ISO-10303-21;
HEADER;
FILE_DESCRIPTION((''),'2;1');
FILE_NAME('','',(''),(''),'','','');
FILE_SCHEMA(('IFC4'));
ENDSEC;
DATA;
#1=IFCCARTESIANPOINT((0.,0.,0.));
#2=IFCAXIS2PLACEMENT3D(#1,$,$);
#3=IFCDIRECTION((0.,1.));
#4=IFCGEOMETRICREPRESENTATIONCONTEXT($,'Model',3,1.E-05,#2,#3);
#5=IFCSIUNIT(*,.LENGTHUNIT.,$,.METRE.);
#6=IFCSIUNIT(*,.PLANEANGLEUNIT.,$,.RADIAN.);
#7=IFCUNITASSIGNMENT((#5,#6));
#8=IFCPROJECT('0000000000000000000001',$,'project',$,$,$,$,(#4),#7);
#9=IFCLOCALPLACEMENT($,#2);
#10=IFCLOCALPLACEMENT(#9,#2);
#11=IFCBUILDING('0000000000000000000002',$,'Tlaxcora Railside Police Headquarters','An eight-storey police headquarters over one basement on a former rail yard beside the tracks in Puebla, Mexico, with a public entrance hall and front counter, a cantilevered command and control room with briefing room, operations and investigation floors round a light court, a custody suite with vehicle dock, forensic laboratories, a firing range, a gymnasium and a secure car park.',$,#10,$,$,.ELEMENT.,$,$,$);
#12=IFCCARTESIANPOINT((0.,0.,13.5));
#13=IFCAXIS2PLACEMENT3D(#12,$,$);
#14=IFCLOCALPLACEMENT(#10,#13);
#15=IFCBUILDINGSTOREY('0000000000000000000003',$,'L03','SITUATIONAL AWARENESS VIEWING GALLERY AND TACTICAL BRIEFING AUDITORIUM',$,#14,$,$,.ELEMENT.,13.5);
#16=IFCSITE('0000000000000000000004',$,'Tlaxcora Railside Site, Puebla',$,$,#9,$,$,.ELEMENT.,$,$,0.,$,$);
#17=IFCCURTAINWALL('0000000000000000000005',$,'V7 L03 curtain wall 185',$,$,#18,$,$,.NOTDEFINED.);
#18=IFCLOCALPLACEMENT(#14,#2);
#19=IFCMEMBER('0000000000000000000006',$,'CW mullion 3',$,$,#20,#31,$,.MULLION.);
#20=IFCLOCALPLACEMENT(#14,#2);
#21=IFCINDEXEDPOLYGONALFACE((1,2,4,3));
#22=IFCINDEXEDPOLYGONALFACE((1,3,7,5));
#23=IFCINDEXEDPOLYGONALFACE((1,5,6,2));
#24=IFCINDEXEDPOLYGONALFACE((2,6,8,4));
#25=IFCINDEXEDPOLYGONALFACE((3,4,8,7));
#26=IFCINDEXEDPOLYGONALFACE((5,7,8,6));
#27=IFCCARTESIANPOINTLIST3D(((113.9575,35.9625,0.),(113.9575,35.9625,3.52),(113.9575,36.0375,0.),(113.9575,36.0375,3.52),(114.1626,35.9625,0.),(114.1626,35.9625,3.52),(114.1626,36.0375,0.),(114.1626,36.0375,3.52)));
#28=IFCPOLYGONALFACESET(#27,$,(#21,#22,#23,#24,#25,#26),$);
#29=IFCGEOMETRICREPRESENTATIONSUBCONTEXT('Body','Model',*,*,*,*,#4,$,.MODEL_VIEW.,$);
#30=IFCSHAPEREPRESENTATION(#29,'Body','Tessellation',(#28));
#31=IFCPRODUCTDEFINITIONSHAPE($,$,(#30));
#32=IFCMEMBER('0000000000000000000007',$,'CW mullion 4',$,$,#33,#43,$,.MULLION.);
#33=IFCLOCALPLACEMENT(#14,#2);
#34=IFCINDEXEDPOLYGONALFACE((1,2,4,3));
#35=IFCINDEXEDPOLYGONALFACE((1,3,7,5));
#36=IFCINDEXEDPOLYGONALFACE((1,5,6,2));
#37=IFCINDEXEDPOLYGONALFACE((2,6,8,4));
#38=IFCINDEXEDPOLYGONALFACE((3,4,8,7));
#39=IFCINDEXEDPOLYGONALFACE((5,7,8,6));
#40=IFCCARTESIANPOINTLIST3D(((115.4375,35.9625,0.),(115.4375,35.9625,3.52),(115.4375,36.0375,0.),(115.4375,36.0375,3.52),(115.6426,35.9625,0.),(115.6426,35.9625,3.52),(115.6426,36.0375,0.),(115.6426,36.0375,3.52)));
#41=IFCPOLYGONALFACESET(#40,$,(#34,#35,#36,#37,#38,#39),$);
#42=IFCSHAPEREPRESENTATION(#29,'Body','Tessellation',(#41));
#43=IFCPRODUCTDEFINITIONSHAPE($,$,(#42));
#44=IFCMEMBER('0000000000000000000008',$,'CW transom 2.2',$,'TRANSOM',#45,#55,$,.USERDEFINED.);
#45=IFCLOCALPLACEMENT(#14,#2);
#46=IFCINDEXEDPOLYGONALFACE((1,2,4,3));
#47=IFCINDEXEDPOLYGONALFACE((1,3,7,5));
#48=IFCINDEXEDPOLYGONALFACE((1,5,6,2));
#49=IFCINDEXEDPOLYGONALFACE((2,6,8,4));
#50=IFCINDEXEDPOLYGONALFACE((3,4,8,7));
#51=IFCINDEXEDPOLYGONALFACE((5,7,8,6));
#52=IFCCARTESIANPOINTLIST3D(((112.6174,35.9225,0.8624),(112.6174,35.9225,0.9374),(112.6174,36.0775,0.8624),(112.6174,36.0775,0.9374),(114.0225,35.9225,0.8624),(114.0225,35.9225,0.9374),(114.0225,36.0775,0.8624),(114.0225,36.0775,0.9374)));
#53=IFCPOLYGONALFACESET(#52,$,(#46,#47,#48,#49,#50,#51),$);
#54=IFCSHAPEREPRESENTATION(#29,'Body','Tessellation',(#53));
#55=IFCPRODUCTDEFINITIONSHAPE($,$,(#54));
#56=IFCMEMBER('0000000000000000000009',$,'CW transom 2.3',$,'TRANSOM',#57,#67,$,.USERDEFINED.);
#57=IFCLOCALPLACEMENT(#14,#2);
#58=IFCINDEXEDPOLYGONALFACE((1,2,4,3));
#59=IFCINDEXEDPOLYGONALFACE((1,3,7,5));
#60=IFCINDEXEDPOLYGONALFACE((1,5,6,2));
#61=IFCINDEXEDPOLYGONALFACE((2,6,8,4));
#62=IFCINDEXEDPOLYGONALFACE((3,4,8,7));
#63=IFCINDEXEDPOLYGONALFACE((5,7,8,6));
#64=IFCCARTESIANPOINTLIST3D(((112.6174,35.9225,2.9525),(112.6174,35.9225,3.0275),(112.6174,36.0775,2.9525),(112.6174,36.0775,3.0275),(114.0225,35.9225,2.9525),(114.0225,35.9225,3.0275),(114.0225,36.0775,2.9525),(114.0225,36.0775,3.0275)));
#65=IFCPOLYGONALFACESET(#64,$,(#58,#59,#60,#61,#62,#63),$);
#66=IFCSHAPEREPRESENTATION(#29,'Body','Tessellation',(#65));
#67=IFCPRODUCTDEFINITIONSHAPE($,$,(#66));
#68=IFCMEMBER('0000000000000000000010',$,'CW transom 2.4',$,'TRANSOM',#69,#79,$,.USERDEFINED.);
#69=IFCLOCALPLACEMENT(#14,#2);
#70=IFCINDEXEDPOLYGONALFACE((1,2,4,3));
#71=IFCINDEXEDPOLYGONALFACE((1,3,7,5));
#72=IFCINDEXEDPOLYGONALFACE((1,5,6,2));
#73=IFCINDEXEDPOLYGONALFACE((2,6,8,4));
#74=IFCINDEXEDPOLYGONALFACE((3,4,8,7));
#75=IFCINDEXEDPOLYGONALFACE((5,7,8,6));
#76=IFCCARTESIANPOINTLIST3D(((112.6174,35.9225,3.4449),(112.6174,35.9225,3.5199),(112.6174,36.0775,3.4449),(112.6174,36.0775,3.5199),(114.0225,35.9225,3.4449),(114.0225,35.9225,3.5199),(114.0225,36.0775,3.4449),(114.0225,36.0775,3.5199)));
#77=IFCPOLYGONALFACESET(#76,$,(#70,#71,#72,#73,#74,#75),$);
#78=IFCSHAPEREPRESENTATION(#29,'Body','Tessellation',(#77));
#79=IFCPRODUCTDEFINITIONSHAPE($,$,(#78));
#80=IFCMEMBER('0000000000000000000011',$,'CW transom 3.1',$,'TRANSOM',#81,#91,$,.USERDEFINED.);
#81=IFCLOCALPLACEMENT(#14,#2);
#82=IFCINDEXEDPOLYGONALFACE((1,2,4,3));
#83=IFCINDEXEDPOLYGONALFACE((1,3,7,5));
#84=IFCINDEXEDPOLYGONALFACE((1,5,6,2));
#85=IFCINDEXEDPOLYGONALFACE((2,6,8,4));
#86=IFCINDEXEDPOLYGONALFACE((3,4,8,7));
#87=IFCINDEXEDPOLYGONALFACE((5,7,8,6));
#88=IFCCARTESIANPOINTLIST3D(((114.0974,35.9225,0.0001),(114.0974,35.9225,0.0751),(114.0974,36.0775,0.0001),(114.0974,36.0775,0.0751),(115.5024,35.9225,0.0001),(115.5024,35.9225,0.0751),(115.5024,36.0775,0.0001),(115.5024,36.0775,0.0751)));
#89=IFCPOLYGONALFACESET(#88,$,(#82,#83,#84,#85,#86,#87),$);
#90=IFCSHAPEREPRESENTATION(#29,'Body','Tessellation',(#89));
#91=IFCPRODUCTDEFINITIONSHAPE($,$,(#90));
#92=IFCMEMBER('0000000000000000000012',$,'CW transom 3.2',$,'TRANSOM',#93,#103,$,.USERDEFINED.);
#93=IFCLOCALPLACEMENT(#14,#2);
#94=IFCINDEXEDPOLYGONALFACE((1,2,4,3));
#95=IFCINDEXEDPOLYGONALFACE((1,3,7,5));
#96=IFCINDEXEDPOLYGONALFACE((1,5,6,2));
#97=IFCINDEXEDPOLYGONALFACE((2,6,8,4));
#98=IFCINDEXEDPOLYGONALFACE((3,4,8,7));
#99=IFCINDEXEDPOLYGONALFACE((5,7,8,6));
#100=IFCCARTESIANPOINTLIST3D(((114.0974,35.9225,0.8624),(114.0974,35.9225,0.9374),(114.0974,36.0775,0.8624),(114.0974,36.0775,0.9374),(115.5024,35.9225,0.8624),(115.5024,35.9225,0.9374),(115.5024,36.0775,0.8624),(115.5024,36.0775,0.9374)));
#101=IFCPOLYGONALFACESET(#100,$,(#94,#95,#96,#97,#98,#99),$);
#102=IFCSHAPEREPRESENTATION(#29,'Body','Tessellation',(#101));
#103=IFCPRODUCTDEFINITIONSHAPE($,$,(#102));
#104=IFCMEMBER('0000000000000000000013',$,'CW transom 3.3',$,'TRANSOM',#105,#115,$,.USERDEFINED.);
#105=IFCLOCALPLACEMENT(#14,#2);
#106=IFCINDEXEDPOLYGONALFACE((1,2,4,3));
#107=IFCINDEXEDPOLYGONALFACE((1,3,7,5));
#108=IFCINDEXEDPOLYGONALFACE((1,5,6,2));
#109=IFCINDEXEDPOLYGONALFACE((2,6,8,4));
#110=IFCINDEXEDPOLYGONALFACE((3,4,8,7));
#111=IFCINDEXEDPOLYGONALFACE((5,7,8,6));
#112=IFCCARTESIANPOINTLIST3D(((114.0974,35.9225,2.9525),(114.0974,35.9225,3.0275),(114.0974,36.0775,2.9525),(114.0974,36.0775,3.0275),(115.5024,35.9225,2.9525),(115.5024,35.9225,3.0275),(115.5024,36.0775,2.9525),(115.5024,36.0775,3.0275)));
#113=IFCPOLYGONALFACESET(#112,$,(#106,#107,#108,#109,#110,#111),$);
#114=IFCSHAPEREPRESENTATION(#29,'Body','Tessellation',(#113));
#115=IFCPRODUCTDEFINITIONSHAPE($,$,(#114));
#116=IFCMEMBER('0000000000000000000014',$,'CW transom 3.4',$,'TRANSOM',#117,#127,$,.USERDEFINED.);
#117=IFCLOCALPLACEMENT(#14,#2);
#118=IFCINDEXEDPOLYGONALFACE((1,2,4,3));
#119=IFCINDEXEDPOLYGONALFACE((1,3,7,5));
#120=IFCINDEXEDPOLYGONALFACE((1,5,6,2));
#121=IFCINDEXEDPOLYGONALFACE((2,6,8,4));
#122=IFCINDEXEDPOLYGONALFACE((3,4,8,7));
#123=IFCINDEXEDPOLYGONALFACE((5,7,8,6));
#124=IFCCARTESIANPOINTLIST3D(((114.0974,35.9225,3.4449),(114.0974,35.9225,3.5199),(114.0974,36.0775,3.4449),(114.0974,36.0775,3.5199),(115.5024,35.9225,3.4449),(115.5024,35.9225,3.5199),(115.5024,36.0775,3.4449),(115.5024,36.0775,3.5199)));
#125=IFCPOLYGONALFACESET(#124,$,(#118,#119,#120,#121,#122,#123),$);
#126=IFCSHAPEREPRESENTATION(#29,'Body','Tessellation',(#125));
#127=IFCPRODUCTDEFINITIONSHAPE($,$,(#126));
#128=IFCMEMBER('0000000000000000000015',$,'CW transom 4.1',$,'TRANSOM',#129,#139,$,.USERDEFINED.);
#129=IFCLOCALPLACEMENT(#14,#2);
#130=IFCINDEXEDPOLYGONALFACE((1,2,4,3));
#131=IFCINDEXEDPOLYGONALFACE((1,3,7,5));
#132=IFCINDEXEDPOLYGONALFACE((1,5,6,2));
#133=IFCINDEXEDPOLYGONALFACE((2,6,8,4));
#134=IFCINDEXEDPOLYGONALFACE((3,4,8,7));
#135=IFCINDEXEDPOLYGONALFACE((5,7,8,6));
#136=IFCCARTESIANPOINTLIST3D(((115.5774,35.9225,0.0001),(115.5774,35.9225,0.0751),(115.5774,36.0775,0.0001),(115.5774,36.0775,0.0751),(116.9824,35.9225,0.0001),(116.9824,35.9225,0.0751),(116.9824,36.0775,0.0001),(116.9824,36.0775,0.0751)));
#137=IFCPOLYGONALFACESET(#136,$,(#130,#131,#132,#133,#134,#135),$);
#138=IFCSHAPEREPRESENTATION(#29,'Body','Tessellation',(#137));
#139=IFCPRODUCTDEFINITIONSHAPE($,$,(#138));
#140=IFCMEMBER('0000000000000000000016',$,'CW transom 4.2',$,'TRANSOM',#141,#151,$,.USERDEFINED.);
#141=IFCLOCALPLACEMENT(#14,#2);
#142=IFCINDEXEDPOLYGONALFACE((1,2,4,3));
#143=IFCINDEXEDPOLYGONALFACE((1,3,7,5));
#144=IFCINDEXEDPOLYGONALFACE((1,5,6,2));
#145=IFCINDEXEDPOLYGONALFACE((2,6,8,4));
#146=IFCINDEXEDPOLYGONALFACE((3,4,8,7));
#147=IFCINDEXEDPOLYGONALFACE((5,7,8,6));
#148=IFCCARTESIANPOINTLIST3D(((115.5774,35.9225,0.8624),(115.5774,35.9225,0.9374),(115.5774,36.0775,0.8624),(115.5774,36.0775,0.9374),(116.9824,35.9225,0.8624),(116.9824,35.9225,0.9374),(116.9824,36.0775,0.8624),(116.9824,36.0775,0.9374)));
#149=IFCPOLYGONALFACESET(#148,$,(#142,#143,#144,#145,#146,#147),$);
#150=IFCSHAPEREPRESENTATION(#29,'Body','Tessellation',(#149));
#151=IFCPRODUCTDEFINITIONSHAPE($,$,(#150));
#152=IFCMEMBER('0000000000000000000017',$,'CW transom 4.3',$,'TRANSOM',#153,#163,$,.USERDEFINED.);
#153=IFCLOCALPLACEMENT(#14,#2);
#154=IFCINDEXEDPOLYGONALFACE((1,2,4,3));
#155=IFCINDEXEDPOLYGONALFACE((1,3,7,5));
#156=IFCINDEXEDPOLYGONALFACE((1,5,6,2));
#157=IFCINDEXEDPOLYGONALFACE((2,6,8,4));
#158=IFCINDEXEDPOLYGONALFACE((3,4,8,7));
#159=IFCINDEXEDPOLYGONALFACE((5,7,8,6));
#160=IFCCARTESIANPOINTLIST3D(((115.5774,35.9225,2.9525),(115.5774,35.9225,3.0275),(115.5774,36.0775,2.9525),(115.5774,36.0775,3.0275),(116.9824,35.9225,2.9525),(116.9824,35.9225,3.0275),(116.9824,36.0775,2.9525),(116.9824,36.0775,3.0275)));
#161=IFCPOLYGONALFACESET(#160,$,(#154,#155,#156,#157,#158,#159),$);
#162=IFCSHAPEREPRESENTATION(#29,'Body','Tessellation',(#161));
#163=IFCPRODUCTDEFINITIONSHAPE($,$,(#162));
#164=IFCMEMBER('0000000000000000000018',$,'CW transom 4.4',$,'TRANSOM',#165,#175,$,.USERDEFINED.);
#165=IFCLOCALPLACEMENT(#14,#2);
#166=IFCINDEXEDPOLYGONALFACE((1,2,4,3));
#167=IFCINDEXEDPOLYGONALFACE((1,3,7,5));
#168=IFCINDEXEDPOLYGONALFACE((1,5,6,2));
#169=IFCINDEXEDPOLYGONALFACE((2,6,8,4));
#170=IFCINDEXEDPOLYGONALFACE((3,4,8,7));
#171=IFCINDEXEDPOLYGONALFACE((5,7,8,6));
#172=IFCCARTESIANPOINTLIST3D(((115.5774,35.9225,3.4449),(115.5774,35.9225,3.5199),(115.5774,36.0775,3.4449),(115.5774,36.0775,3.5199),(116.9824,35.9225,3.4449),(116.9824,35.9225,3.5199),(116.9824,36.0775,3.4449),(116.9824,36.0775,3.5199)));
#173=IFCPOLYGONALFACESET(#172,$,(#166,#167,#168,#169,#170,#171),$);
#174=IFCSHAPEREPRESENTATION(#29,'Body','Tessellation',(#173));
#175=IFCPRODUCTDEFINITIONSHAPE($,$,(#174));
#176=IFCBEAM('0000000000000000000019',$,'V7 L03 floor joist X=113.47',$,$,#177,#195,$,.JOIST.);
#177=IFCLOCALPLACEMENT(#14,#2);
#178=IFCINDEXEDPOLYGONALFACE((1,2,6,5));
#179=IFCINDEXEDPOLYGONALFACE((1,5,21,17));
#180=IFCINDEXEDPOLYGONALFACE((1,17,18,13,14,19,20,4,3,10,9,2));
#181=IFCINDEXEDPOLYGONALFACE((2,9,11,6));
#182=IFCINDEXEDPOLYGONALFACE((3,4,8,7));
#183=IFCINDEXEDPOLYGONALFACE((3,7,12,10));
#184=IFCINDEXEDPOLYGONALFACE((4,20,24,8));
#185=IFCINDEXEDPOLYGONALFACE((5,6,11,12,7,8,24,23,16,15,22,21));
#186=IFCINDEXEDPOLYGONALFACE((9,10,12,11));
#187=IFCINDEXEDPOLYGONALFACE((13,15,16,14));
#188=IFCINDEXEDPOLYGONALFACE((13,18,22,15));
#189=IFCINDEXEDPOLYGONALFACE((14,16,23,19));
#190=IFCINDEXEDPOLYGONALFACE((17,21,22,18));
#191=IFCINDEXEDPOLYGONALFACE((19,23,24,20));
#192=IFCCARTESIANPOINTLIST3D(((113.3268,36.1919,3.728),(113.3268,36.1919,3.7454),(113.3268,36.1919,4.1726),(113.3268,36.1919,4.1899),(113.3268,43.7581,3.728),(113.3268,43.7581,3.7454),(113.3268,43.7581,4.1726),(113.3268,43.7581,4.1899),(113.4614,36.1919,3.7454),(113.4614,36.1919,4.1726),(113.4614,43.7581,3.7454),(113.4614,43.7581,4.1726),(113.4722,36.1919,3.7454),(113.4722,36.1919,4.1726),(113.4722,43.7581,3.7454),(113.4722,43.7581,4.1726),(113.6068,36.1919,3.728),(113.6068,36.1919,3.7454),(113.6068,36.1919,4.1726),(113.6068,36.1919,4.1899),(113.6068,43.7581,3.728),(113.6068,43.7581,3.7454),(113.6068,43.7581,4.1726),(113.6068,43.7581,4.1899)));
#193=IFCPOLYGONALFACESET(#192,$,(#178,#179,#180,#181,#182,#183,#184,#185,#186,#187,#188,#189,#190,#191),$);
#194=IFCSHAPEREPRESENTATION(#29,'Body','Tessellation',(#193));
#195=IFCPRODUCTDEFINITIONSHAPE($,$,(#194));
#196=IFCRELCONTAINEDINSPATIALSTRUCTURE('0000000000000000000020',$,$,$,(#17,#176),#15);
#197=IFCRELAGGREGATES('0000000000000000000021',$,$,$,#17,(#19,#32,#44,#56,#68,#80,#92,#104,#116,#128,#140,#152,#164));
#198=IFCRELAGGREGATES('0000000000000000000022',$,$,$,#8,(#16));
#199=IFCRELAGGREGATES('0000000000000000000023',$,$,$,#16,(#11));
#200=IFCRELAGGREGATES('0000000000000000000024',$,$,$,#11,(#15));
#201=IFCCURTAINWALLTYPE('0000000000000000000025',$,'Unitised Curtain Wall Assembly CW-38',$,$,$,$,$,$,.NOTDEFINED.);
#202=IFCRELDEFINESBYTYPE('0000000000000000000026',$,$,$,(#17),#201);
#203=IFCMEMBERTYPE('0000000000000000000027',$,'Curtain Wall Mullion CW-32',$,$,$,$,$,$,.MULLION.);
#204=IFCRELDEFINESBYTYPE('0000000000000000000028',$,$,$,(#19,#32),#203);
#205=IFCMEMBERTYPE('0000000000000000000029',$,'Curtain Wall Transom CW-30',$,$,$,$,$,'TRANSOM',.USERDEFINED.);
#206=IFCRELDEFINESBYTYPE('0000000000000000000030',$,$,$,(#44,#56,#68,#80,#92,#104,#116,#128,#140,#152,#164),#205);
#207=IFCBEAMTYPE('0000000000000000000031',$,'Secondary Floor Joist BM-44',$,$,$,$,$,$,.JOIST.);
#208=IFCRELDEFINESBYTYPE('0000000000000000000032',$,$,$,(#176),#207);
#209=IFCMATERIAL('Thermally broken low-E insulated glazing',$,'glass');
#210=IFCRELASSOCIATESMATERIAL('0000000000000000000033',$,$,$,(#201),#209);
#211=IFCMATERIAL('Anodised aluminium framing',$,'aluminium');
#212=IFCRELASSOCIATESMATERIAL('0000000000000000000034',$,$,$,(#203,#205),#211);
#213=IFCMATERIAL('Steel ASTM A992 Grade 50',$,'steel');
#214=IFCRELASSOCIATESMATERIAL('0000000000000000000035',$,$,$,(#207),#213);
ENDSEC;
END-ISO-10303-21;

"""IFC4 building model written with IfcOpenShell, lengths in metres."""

from ifc_helpers import new_model, si_unit, direction, frame, origin, origin_2d, place, context, subcontext, project, spatial, rectangle, i_section, extrude, material, material_profile, profile_set, type_object, element, aggregate, save


model = new_model("IFC4")

# Units and contexts
model_context = context("Model", 3, precision=1e-05, world=origin(), true_north=direction((0.0, 1.0)))
body_context = subcontext(model_context, "Body", "Model", "MODEL_VIEW")
ifc_project = project(units=[si_unit("LENGTHUNIT", "METRE"), si_unit("PLANEANGLEUNIT", "RADIAN")], contexts=[model_context])

# Site, building, storey
site_placement = place(None, origin())
site = spatial("IfcSite", under=ifc_project, at=site_placement, Name="Tlaxcora Railside Site, Puebla", CompositionType="ELEMENT", RefElevation=0.0)
building_placement = place(site_placement, origin())
building = spatial("IfcBuilding", under=site, at=building_placement, Name="Tlaxcora Railside Police Headquarters", Description="An eight-storey police headquarters over one basement on a former rail yard beside the tracks in Puebla, Mexico, with a public entrance hall and front counter, a cantilevered command and control room with briefing room, operations and investigation floors round a light court, a custody suite with vehicle dock, forensic laboratories, a firing range, a gymnasium and a secure car park.", CompositionType="ELEMENT")
storey_placement = place(building_placement, frame((0.0, 0.0, 13.5)))
storey = spatial("IfcBuildingStorey", under=building, at=storey_placement, Name="L03", Description="SITUATIONAL AWARENESS VIEWING GALLERY AND TACTICAL BRIEFING AUDITORIUM", CompositionType="ELEMENT", Elevation=13.5)

# Curtain wall, members
ifc_material_1 = material(Name="Thermally broken low-E insulated glazing", Category="glass")
curtain_wall_type = type_object("IfcCurtainWallType", Name="Unitised Curtain Wall Assembly CW-38", PredefinedType="NOTDEFINED", material=ifc_material_1)
curtain_wall_placement = place(storey_placement, origin())
curtain_wall = element("IfcCurtainWall", 1, at=curtain_wall_placement, inside=storey, type_object=curtain_wall_type, Name="V7 L03 curtain wall 185", PredefinedType="NOTDEFINED")
ifc_material_2 = material(Name="Anodised aluminium framing", Category="aluminium")
ifc_material_profile_1 = material_profile(ifc_material_2, rectangle(XDim=0.075, YDim=0.2051, at=origin_2d()), Name="AL75X205")
ifc_profile_set_1 = profile_set([ifc_material_profile_1], Name="Anodised aluminium framing")
member_type_1 = type_object("IfcMemberType", Name="Curtain Wall Mullion CW-32", PredefinedType="MULLION", material=ifc_profile_set_1)
member_1_placement = place(storey_placement, frame((114.0601, 36.0, 0.0), z_axis=(0.0, 0.0, 1.0), x_axis=(0.0, 1.0, 0.0)))
member_1 = element("IfcMember", 2, at=member_1_placement, type_object=member_type_1, Name="CW mullion 3", PredefinedType="MULLION", context=body_context, shape_type="SweptSolid", body=[
    extrude(rectangle(XDim=0.075, YDim=0.2051, at=origin_2d()), origin(), (0.0, 0.0, 1.0), 3.52),
])
member_2_placement = place(storey_placement, frame((115.54, 36.0, 0.0), z_axis=(0.0, 0.0, 1.0), x_axis=(0.0, 1.0, 0.0)))
member_2 = element("IfcMember", 3, at=member_2_placement, type_object=member_type_1, Name="CW mullion 4", PredefinedType="MULLION", context=body_context, shape_type="SweptSolid", body=[
    extrude(rectangle(XDim=0.075, YDim=0.2051, at=origin_2d()), origin(), (0.0, 0.0, 1.0), 3.52),
])
ifc_material_profile_2 = material_profile(ifc_material_2, rectangle(XDim=0.155, YDim=0.075, at=origin_2d()), Name="AL75X155")
ifc_profile_set_2 = profile_set([ifc_material_profile_2], Name="Anodised aluminium framing")
member_type_2 = type_object("IfcMemberType", Name="Curtain Wall Transom CW-30", ElementType="TRANSOM", PredefinedType="USERDEFINED", material=ifc_profile_set_2)
member_3_placement = place(storey_placement, frame((112.6174, 36.0, 0.8999), z_axis=(1.0, 0.0, 0.0), x_axis=(0.0, 1.0, 0.0)))
member_3 = element("IfcMember", 4, at=member_3_placement, type_object=member_type_2, Name="CW transom 2.2", ObjectType="TRANSOM", PredefinedType="USERDEFINED", context=body_context, shape_type="SweptSolid", body=[
    extrude(rectangle(XDim=0.155, YDim=0.075, at=origin_2d()), origin(), (0.0, 0.0, 1.0), 1.405),
])
member_4_placement = place(storey_placement, frame((112.6174, 36.0, 2.99), z_axis=(1.0, 0.0, 0.0), x_axis=(0.0, 1.0, 0.0)))
member_4 = element("IfcMember", 5, at=member_4_placement, type_object=member_type_2, Name="CW transom 2.3", ObjectType="TRANSOM", PredefinedType="USERDEFINED", context=body_context, shape_type="SweptSolid", body=[
    extrude(rectangle(XDim=0.155, YDim=0.075, at=origin_2d()), origin(), (0.0, 0.0, 1.0), 1.405),
])
member_5_placement = place(storey_placement, frame((112.6174, 36.0, 3.4824), z_axis=(1.0, 0.0, 0.0), x_axis=(0.0, 1.0, 0.0)))
member_5 = element("IfcMember", 6, at=member_5_placement, type_object=member_type_2, Name="CW transom 2.4", ObjectType="TRANSOM", PredefinedType="USERDEFINED", context=body_context, shape_type="SweptSolid", body=[
    extrude(rectangle(XDim=0.155, YDim=0.075, at=origin_2d()), origin(), (0.0, 0.0, 1.0), 1.405),
])
member_6_placement = place(storey_placement, frame((114.0974, 36.0, 0.0376), z_axis=(1.0, 0.0, 0.0), x_axis=(0.0, 1.0, 0.0)))
member_6 = element("IfcMember", 7, at=member_6_placement, type_object=member_type_2, Name="CW transom 3.1", ObjectType="TRANSOM", PredefinedType="USERDEFINED", context=body_context, shape_type="SweptSolid", body=[
    extrude(rectangle(XDim=0.155, YDim=0.075, at=origin_2d()), origin(), (0.0, 0.0, 1.0), 1.405),
])
member_7_placement = place(storey_placement, frame((114.0974, 36.0, 0.8999), z_axis=(1.0, 0.0, 0.0), x_axis=(0.0, 1.0, 0.0)))
member_7 = element("IfcMember", 8, at=member_7_placement, type_object=member_type_2, Name="CW transom 3.2", ObjectType="TRANSOM", PredefinedType="USERDEFINED", context=body_context, shape_type="SweptSolid", body=[
    extrude(rectangle(XDim=0.155, YDim=0.075, at=origin_2d()), origin(), (0.0, 0.0, 1.0), 1.405),
])
member_8_placement = place(storey_placement, frame((114.0974, 36.0, 2.99), z_axis=(1.0, 0.0, 0.0), x_axis=(0.0, 1.0, 0.0)))
member_8 = element("IfcMember", 9, at=member_8_placement, type_object=member_type_2, Name="CW transom 3.3", ObjectType="TRANSOM", PredefinedType="USERDEFINED", context=body_context, shape_type="SweptSolid", body=[
    extrude(rectangle(XDim=0.155, YDim=0.075, at=origin_2d()), origin(), (0.0, 0.0, 1.0), 1.405),
])
member_9_placement = place(storey_placement, frame((114.0974, 36.0, 3.4824), z_axis=(1.0, 0.0, 0.0), x_axis=(0.0, 1.0, 0.0)))
member_9 = element("IfcMember", 10, at=member_9_placement, type_object=member_type_2, Name="CW transom 3.4", ObjectType="TRANSOM", PredefinedType="USERDEFINED", context=body_context, shape_type="SweptSolid", body=[
    extrude(rectangle(XDim=0.155, YDim=0.075, at=origin_2d()), origin(), (0.0, 0.0, 1.0), 1.405),
])
member_10_placement = place(storey_placement, frame((115.5774, 36.0, 0.0376), z_axis=(1.0, 0.0, 0.0), x_axis=(0.0, 1.0, 0.0)))
member_10 = element("IfcMember", 11, at=member_10_placement, type_object=member_type_2, Name="CW transom 4.1", ObjectType="TRANSOM", PredefinedType="USERDEFINED", context=body_context, shape_type="SweptSolid", body=[
    extrude(rectangle(XDim=0.155, YDim=0.075, at=origin_2d()), origin(), (0.0, 0.0, 1.0), 1.405),
])
member_11_placement = place(storey_placement, frame((115.5774, 36.0, 0.8999), z_axis=(1.0, 0.0, 0.0), x_axis=(0.0, 1.0, 0.0)))
member_11 = element("IfcMember", 12, at=member_11_placement, type_object=member_type_2, Name="CW transom 4.2", ObjectType="TRANSOM", PredefinedType="USERDEFINED", context=body_context, shape_type="SweptSolid", body=[
    extrude(rectangle(XDim=0.155, YDim=0.075, at=origin_2d()), origin(), (0.0, 0.0, 1.0), 1.405),
])
member_12_placement = place(storey_placement, frame((115.5774, 36.0, 2.99), z_axis=(1.0, 0.0, 0.0), x_axis=(0.0, 1.0, 0.0)))
member_12 = element("IfcMember", 13, at=member_12_placement, type_object=member_type_2, Name="CW transom 4.3", ObjectType="TRANSOM", PredefinedType="USERDEFINED", context=body_context, shape_type="SweptSolid", body=[
    extrude(rectangle(XDim=0.155, YDim=0.075, at=origin_2d()), origin(), (0.0, 0.0, 1.0), 1.405),
])
member_13_placement = place(storey_placement, frame((115.5774, 36.0, 3.4824), z_axis=(1.0, 0.0, 0.0), x_axis=(0.0, 1.0, 0.0)))
member_13 = element("IfcMember", 14, at=member_13_placement, type_object=member_type_2, Name="CW transom 4.4", ObjectType="TRANSOM", PredefinedType="USERDEFINED", context=body_context, shape_type="SweptSolid", body=[
    extrude(rectangle(XDim=0.155, YDim=0.075, at=origin_2d()), origin(), (0.0, 0.0, 1.0), 1.405),
])

# Beam
ifc_material_3 = material(Name="Steel ASTM A992 Grade 50", Category="steel")
ifc_material_profile_3 = material_profile(ifc_material_3, i_section(OverallWidth=0.28, OverallDepth=0.4619, WebThickness=0.0107, FlangeThickness=0.0173, at=origin_2d()), Name="W18X76")
ifc_profile_set_3 = profile_set([ifc_material_profile_3], Name="Steel ASTM A992 Grade 50")
beam_type = type_object("IfcBeamType", Name="Secondary Floor Joist BM-44", PredefinedType="JOIST", material=ifc_profile_set_3)
beam_placement = place(storey_placement, frame((113.4668, 36.1919, 3.959), z_axis=(0.0, 1.0, 0.0), x_axis=(-1.0, 0.0, 0.0)))
element("IfcBeam", 15, at=beam_placement, inside=storey, type_object=beam_type, Name="V7 L03 floor joist X=113.47", PredefinedType="JOIST", context=body_context, shape_type="SweptSolid", body=[
    extrude(i_section(OverallWidth=0.28, OverallDepth=0.4619, WebThickness=0.0107, FlangeThickness=0.0173, at=origin_2d()), origin(), (0.0, 0.0, 1.0), 7.5662),
])

aggregate(curtain_wall, [member_1, member_2, member_3, member_4, member_5, member_6, member_7, member_8, member_9, member_10, member_11, member_12, member_13])

save(model, "model.ifc")
